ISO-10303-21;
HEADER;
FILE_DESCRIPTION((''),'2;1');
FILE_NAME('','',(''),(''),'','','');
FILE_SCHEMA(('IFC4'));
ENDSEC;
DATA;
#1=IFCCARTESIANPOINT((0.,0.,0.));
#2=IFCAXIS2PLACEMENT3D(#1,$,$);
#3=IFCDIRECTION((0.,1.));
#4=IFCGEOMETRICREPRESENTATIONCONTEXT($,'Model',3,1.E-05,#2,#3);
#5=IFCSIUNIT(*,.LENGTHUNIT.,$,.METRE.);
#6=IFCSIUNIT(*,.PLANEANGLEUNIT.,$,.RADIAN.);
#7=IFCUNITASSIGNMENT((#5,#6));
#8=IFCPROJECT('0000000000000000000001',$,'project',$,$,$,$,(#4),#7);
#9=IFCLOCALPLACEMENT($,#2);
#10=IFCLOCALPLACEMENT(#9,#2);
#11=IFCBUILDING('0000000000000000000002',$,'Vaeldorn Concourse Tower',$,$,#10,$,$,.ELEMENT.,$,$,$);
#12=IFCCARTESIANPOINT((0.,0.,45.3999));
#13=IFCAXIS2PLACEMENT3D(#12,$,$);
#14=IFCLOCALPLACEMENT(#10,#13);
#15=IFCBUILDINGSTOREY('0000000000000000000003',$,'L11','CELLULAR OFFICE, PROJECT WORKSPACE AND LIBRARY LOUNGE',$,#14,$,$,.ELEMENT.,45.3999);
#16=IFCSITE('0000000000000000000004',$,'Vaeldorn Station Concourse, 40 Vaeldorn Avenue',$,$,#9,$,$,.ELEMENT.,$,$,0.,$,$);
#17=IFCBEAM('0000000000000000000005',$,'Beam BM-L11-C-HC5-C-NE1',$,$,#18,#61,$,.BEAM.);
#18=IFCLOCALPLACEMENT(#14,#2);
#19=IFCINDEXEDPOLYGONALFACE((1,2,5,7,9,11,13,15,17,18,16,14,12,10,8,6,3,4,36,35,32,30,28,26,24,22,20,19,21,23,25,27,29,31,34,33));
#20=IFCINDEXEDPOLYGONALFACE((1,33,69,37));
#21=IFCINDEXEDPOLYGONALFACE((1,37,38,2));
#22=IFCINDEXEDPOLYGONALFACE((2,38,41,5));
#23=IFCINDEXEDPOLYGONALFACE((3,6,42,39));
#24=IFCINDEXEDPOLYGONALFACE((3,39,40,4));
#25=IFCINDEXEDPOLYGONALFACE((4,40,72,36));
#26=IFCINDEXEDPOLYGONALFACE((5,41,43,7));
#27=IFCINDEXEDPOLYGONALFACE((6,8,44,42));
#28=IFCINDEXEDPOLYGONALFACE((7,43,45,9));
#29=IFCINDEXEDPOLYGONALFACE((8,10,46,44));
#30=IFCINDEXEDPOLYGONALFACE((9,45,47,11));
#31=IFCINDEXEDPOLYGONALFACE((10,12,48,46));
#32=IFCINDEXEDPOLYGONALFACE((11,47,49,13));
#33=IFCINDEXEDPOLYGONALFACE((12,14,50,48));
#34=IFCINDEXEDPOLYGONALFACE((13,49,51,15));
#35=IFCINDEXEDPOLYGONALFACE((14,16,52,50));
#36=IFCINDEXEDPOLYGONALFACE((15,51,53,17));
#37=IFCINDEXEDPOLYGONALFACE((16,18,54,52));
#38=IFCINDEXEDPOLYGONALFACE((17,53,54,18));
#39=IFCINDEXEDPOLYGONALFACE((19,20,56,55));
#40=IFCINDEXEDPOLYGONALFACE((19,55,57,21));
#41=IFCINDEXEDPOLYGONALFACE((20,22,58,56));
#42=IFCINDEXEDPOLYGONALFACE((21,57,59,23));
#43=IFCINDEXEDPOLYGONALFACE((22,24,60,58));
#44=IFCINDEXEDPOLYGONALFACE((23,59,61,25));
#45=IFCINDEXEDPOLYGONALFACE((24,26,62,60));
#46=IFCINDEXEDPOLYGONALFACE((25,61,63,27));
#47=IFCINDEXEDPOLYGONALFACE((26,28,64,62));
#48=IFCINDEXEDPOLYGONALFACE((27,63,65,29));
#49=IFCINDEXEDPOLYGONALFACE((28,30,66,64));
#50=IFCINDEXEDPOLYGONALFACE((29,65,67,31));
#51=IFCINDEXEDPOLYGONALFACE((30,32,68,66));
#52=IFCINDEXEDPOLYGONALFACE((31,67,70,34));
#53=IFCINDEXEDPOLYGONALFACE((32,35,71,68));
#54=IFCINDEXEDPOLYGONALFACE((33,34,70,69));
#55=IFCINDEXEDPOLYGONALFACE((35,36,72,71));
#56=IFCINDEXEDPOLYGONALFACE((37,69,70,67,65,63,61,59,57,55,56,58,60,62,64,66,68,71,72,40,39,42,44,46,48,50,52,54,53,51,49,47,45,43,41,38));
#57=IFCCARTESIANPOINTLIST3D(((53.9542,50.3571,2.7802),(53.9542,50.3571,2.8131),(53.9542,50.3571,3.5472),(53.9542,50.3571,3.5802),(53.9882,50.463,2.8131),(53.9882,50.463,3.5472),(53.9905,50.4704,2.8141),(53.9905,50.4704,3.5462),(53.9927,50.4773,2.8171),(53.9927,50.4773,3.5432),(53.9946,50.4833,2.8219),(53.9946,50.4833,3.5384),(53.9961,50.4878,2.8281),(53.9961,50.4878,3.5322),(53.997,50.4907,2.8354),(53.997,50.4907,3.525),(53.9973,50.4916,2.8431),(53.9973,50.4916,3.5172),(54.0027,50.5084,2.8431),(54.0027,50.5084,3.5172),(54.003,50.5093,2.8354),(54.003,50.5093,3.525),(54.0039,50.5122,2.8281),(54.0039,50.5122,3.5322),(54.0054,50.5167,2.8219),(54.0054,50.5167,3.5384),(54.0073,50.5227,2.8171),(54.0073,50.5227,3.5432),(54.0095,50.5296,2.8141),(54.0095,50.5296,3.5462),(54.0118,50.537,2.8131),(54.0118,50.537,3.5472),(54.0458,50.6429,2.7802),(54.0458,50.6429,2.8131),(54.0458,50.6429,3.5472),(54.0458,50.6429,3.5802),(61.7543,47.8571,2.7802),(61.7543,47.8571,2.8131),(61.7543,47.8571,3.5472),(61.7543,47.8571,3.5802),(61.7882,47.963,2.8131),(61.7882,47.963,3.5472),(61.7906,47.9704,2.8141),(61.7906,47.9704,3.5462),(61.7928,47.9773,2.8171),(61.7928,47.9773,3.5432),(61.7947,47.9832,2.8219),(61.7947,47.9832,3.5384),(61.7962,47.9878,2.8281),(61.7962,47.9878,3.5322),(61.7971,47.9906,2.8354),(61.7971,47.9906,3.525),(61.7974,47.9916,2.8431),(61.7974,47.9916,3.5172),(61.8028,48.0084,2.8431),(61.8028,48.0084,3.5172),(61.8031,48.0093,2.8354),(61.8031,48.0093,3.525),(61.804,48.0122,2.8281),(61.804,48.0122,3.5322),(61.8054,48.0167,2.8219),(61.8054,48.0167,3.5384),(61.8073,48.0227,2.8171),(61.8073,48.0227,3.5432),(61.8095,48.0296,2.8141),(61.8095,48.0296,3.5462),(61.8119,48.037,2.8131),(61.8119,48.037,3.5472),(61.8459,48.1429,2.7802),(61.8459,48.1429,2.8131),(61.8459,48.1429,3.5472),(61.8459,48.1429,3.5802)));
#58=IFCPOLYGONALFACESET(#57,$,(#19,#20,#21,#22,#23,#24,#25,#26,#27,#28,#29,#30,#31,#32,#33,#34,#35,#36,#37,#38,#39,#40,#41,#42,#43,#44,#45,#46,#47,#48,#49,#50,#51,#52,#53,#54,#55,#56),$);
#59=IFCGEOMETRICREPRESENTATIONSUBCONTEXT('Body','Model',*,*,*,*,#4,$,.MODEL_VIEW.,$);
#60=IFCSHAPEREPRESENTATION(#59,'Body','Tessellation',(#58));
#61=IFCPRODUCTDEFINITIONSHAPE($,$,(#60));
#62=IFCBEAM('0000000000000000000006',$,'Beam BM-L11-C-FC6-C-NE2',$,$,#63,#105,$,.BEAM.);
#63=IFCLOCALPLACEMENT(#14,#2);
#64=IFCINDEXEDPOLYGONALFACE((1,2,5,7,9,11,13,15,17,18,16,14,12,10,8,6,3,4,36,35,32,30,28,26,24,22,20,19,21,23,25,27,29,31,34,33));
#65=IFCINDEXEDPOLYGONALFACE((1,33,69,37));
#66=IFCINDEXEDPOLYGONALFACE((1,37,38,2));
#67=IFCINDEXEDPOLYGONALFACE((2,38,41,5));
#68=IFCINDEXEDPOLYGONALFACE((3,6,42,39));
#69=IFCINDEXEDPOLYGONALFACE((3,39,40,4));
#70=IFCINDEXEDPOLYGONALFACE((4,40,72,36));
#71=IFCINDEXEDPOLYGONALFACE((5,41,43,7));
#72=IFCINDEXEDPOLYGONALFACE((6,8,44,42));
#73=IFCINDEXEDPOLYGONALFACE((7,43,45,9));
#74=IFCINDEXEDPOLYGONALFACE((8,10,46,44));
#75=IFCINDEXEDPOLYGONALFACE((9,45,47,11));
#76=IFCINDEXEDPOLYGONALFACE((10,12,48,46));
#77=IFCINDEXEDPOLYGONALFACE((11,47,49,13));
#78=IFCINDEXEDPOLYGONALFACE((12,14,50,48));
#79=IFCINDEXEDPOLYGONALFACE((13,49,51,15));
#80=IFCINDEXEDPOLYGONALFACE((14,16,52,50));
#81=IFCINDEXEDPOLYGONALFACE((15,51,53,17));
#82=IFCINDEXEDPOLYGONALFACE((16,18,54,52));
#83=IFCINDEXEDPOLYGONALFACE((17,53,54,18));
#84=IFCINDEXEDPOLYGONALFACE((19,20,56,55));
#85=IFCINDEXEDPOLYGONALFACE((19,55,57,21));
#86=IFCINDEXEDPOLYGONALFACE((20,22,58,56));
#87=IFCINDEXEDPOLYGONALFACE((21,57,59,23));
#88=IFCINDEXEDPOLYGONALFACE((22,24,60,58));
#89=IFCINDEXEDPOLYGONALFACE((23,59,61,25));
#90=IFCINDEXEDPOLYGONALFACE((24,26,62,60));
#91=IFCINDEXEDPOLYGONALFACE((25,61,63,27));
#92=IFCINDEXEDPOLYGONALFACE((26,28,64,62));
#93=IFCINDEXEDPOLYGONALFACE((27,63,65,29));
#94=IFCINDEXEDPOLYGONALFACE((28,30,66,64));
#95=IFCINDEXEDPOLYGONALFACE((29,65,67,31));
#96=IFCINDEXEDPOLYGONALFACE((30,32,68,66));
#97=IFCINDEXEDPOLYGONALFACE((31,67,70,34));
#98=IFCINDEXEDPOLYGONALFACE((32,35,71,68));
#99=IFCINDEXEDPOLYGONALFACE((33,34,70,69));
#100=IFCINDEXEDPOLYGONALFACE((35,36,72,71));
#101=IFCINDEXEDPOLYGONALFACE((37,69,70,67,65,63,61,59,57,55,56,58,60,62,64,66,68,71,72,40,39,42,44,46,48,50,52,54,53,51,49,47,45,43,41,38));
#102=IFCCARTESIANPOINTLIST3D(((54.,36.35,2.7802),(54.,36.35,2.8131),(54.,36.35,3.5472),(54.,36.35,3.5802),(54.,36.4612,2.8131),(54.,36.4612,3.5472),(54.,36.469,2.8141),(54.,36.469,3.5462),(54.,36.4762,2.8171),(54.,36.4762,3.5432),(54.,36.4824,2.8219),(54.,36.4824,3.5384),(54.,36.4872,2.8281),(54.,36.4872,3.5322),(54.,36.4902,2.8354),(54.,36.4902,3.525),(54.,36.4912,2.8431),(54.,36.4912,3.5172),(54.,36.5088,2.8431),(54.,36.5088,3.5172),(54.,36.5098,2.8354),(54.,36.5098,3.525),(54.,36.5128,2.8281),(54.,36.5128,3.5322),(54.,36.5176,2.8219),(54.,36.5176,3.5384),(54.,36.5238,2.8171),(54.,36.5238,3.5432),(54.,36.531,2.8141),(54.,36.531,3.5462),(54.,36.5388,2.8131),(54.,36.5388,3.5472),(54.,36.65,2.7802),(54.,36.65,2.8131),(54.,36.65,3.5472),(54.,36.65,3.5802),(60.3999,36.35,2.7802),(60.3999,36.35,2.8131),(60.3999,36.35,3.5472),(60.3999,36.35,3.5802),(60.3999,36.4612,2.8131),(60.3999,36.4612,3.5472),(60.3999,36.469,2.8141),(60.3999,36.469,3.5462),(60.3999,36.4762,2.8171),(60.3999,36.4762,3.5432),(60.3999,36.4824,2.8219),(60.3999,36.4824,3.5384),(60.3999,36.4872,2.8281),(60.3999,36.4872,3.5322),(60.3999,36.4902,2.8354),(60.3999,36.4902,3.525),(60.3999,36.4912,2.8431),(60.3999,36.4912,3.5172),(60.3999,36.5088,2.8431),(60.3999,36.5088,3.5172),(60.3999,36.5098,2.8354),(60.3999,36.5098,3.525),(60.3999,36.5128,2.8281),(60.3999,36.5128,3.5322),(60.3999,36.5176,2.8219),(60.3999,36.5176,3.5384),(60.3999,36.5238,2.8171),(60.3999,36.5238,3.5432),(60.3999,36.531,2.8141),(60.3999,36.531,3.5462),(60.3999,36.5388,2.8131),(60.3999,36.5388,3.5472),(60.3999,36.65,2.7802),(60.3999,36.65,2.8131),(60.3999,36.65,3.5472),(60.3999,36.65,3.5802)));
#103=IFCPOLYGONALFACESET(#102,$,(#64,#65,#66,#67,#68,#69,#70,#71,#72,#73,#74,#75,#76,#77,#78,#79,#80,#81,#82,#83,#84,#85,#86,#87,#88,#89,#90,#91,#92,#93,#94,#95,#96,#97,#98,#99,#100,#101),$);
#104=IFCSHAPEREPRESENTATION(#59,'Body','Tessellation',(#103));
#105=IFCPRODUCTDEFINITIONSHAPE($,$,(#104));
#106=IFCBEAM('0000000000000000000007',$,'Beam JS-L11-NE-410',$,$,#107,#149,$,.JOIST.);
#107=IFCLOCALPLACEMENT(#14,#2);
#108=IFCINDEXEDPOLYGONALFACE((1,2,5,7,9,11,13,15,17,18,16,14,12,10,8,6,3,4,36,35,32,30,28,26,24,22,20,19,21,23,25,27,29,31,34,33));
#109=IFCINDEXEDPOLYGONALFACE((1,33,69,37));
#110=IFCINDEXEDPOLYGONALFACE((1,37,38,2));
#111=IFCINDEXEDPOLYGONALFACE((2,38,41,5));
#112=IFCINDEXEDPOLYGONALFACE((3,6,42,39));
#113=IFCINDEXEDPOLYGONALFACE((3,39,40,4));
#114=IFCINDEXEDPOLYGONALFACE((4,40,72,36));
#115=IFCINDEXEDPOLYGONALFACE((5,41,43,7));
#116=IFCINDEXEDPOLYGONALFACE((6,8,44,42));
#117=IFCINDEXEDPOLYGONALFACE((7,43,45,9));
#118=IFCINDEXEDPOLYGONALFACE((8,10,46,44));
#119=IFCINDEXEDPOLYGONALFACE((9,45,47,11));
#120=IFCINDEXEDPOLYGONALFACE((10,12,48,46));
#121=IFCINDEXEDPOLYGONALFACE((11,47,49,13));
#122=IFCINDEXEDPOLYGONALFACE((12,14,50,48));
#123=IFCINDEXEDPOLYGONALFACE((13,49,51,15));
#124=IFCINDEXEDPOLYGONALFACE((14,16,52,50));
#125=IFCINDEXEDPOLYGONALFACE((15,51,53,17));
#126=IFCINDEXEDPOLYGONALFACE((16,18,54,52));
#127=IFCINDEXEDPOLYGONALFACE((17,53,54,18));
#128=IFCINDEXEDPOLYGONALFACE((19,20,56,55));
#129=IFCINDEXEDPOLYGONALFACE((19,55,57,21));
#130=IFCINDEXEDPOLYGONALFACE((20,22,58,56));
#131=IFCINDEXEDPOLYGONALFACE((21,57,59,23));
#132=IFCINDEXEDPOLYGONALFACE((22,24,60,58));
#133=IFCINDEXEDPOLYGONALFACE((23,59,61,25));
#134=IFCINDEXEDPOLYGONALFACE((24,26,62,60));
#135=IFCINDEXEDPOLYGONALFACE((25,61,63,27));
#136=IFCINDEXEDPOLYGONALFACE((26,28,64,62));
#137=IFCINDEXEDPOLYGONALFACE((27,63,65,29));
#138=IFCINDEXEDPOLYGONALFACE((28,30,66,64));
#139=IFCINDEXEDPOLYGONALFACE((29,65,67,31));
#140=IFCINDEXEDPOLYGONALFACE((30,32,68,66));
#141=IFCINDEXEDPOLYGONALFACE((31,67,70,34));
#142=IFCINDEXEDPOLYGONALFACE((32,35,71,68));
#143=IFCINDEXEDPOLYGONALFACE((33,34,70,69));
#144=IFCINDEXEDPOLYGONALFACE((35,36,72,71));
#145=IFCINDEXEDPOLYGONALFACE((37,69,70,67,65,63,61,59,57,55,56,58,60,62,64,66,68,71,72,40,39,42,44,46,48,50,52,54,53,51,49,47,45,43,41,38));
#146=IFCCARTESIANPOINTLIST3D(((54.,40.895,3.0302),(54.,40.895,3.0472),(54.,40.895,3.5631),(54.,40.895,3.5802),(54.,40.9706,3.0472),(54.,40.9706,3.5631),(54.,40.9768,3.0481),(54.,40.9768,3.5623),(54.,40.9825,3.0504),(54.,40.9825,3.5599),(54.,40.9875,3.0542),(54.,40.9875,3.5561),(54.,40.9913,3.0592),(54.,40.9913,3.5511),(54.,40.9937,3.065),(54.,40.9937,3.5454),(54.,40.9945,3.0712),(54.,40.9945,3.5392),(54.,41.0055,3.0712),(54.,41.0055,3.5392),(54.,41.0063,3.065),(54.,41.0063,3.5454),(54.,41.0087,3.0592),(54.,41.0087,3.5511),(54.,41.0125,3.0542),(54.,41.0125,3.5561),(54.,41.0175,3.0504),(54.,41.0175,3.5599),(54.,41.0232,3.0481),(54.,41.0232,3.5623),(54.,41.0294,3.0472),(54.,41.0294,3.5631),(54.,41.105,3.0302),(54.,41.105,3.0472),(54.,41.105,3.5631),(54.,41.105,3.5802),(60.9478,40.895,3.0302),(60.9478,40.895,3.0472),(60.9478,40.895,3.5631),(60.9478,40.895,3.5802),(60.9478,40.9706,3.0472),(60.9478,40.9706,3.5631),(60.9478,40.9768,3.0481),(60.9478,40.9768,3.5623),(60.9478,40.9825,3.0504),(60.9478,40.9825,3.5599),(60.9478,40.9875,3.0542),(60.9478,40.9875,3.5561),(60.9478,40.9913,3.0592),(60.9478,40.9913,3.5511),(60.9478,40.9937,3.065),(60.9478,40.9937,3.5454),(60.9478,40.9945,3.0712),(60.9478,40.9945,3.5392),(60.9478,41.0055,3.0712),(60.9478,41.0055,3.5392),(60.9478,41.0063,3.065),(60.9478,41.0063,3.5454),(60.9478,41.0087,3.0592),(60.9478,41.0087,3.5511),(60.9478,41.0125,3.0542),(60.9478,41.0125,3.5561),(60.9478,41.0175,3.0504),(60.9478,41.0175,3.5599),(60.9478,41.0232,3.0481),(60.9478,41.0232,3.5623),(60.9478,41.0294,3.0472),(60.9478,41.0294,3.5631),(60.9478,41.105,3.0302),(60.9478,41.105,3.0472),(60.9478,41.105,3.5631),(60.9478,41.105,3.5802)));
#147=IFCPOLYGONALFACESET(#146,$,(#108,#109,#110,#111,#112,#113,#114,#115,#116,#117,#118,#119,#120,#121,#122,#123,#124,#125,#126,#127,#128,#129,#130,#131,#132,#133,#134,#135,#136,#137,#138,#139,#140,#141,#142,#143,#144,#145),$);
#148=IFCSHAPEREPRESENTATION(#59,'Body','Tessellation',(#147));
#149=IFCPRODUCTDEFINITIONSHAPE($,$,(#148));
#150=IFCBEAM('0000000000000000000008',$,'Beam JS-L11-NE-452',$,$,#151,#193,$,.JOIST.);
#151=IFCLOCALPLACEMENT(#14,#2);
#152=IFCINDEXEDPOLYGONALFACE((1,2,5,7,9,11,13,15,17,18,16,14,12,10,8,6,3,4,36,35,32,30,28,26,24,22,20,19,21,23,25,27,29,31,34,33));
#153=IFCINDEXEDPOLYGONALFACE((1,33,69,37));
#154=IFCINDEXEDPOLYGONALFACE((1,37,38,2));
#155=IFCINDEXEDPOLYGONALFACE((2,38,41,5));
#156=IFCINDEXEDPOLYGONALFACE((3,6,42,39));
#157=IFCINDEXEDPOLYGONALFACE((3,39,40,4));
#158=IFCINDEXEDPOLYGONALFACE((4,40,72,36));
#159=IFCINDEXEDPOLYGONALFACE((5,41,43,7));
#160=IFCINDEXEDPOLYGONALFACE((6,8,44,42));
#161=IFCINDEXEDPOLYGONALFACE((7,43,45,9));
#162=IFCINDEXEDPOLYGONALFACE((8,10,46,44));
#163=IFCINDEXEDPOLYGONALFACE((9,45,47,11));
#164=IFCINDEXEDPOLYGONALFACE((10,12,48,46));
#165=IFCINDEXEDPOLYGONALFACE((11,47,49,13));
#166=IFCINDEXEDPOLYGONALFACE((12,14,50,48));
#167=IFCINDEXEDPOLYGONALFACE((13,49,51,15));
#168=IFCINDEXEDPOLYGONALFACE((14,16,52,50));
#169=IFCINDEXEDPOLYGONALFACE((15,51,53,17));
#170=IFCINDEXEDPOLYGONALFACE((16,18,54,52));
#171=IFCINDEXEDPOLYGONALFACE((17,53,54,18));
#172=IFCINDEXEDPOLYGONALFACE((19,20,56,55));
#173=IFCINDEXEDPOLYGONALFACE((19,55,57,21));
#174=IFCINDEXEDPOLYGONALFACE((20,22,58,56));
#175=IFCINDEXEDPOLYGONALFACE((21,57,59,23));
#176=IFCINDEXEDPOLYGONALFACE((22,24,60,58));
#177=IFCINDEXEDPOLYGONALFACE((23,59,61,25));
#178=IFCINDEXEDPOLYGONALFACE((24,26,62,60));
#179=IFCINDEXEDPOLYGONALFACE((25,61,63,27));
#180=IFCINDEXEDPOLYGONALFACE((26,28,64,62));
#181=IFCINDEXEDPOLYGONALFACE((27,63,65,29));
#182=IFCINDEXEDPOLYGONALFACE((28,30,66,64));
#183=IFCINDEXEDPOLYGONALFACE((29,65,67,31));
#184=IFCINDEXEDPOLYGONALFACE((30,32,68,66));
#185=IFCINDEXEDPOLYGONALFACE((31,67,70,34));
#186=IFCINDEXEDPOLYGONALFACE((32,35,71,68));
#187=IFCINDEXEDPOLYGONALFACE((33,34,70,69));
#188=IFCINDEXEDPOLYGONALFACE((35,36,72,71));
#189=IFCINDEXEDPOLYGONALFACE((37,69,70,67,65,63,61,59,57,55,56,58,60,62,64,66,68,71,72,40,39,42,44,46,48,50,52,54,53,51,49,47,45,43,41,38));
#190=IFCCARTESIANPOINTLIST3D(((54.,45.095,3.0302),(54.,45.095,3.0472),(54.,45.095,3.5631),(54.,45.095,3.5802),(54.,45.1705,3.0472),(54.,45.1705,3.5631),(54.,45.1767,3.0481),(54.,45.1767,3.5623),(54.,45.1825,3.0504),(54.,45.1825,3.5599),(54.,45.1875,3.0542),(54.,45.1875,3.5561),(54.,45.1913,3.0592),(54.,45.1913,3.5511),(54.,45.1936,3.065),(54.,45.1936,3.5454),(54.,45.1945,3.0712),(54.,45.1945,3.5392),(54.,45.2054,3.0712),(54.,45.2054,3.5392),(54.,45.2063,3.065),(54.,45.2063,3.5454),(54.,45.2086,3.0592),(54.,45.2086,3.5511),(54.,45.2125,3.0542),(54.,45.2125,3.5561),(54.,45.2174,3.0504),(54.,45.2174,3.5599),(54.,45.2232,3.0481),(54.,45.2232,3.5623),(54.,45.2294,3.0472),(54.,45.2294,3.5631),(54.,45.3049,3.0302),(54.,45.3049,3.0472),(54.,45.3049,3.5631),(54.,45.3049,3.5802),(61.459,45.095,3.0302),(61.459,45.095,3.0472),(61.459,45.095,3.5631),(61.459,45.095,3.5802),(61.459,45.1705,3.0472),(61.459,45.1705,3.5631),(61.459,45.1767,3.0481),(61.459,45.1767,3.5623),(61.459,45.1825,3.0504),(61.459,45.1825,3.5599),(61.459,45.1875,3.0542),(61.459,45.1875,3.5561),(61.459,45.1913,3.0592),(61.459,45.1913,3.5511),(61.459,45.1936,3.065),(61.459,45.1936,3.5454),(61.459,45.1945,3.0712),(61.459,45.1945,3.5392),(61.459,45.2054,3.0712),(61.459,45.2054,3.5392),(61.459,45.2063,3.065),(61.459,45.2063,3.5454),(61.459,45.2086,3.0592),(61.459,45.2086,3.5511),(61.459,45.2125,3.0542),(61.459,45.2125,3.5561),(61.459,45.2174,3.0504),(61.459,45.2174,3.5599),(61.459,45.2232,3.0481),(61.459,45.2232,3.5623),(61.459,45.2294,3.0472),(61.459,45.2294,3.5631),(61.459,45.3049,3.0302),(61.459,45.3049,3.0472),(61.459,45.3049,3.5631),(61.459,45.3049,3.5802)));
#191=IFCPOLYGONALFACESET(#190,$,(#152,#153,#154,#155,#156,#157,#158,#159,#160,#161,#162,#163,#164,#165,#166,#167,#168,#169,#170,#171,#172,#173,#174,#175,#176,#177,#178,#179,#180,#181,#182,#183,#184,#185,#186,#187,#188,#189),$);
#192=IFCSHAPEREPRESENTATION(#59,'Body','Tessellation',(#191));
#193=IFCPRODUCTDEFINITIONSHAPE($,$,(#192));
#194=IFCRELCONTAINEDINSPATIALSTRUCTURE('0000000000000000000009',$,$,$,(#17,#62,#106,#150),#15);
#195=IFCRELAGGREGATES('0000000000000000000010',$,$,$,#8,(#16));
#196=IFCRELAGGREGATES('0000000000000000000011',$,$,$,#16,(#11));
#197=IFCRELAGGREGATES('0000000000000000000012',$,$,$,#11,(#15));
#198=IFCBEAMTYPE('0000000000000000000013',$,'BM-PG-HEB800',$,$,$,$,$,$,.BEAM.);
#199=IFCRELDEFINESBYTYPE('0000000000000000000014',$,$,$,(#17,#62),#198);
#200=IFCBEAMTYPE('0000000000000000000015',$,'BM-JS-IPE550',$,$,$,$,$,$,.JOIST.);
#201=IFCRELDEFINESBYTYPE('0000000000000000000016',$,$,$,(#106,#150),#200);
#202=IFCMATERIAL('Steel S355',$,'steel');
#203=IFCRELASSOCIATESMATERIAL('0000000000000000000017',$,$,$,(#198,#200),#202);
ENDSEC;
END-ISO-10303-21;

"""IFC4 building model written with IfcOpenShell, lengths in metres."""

from ifc_helpers import new_model, si_unit, direction, frame, origin, origin_2d, place, context, subcontext, project, spatial, i_section, extrude, source, transform, mapped, material, material_profile, profile_set, type_object, element, save


model = new_model("IFC4")

# Units and contexts
model_context = context("Model", 3, precision=1e-05, world=origin(), true_north=direction((0.0, 1.0)))
body_context = subcontext(model_context, "Body", "Model", "MODEL_VIEW")
ifc_project = project(units=[si_unit("LENGTHUNIT", "METRE"), si_unit("PLANEANGLEUNIT", "RADIAN")], contexts=[model_context])

# Site, building, storey
site_placement = place(None, origin())
site = spatial("IfcSite", under=ifc_project, at=site_placement, Name="Vaeldorn Station Concourse, 40 Vaeldorn Avenue", CompositionType="ELEMENT", RefElevation=0.0)
building_placement = place(site_placement, origin())
building = spatial("IfcBuilding", under=site, at=building_placement, Name="Vaeldorn Concourse Tower", CompositionType="ELEMENT")
storey_placement = place(building_placement, frame((0.0, 0.0, 45.3999)))
storey = spatial("IfcBuildingStorey", under=building, at=storey_placement, Name="L11", Description="CELLULAR OFFICE, PROJECT WORKSPACE AND LIBRARY LOUNGE", CompositionType="ELEMENT", Elevation=45.3999)

# Beams
ifc_material_1 = material(Name="Steel S355", Category="steel")
ifc_material_profile_1 = material_profile(ifc_material_1, i_section(OverallWidth=0.3, OverallDepth=0.8, WebThickness=0.0176, FlangeThickness=0.033, FilletRadius=0.03, at=origin_2d()), Name="HEB 800")
ifc_profile_set_1 = profile_set([ifc_material_profile_1], Name="Steel S355")
beam_type_1 = type_object("IfcBeamType", Name="BM-PG-HEB800", PredefinedType="BEAM", material=ifc_profile_set_1)
shared_shape_1 = source(origin(), body_context, "Body", "SweptSolid", [
    extrude(i_section(OverallWidth=0.3, OverallDepth=0.8, WebThickness=0.0176, FlangeThickness=0.033, FilletRadius=0.03, at=origin_2d()), origin(), (0.0, 0.0, 1.0), 8.1909),
])
beam_1_placement = place(storey_placement, frame((54.0, 50.5, 3.1802), z_axis=(0.952283, -0.305217, 0.0), x_axis=(0.305217, 0.952283, 0.0)))
element("IfcBeam", 1, at=beam_1_placement, inside=storey, type_object=beam_type_1, Name="Beam BM-L11-C-HC5-C-NE1", PredefinedType="BEAM", context=body_context, shape_type="MappedRepresentation", body=[
    mapped(shared_shape_1, transform((0.0, 0.0, 0.0), scale=1.0)),
])
shared_shape_2 = source(origin(), body_context, "Body", "SweptSolid", [
    extrude(i_section(OverallWidth=0.3, OverallDepth=0.8, WebThickness=0.0176, FlangeThickness=0.033, FilletRadius=0.03, at=origin_2d()), origin(), (0.0, 0.0, 1.0), 6.3999),
])
beam_2_placement = place(storey_placement, frame((54.0, 36.5, 3.1802), z_axis=(1.0, 0.0, 0.0), x_axis=(0.0, 1.0, 0.0)))
element("IfcBeam", 2, at=beam_2_placement, inside=storey, type_object=beam_type_1, Name="Beam BM-L11-C-FC6-C-NE2", PredefinedType="BEAM", context=body_context, shape_type="MappedRepresentation", body=[
    mapped(shared_shape_2, transform((0.0, 0.0, 0.0), scale=1.0)),
])
ifc_material_profile_2 = material_profile(ifc_material_1, i_section(OverallWidth=0.21, OverallDepth=0.55, WebThickness=0.011, FlangeThickness=0.0171, FilletRadius=0.0239, at=origin_2d()), Name="IPE 550")
ifc_profile_set_2 = profile_set([ifc_material_profile_2], Name="Steel S355")
beam_type_2 = type_object("IfcBeamType", Name="BM-JS-IPE550", PredefinedType="JOIST", material=ifc_profile_set_2)
shared_shape_3 = source(origin(), body_context, "Body", "SweptSolid", [
    extrude(i_section(OverallWidth=0.21, OverallDepth=0.55, WebThickness=0.011, FlangeThickness=0.0171, FilletRadius=0.0239, at=origin_2d()), origin(), (0.0, 0.0, 1.0), 6.9478),
])
beam_3_placement = place(storey_placement, frame((54.0, 41.0, 3.3052), z_axis=(1.0, 0.0, 0.0), x_axis=(0.0, 1.0, 0.0)))
element("IfcBeam", 3, at=beam_3_placement, inside=storey, type_object=beam_type_2, Name="Beam JS-L11-NE-410", PredefinedType="JOIST", context=body_context, shape_type="MappedRepresentation", body=[
    mapped(shared_shape_3, transform((0.0, 0.0, 0.0), scale=1.0)),
])
shared_shape_4 = source(origin(), body_context, "Body", "SweptSolid", [
    extrude(i_section(OverallWidth=0.21, OverallDepth=0.55, WebThickness=0.011, FlangeThickness=0.0171, FilletRadius=0.0239, at=origin_2d()), origin(), (0.0, 0.0, 1.0), 7.459),
])
beam_4_placement = place(storey_placement, frame((54.0, 45.2, 3.3052), z_axis=(1.0, 0.0, 0.0), x_axis=(0.0, 1.0, 0.0)))
element("IfcBeam", 4, at=beam_4_placement, inside=storey, type_object=beam_type_2, Name="Beam JS-L11-NE-452", PredefinedType="JOIST", context=body_context, shape_type="MappedRepresentation", body=[
    mapped(shared_shape_4, transform((0.0, 0.0, 0.0), scale=1.0)),
])

save(model, "model.ifc")
